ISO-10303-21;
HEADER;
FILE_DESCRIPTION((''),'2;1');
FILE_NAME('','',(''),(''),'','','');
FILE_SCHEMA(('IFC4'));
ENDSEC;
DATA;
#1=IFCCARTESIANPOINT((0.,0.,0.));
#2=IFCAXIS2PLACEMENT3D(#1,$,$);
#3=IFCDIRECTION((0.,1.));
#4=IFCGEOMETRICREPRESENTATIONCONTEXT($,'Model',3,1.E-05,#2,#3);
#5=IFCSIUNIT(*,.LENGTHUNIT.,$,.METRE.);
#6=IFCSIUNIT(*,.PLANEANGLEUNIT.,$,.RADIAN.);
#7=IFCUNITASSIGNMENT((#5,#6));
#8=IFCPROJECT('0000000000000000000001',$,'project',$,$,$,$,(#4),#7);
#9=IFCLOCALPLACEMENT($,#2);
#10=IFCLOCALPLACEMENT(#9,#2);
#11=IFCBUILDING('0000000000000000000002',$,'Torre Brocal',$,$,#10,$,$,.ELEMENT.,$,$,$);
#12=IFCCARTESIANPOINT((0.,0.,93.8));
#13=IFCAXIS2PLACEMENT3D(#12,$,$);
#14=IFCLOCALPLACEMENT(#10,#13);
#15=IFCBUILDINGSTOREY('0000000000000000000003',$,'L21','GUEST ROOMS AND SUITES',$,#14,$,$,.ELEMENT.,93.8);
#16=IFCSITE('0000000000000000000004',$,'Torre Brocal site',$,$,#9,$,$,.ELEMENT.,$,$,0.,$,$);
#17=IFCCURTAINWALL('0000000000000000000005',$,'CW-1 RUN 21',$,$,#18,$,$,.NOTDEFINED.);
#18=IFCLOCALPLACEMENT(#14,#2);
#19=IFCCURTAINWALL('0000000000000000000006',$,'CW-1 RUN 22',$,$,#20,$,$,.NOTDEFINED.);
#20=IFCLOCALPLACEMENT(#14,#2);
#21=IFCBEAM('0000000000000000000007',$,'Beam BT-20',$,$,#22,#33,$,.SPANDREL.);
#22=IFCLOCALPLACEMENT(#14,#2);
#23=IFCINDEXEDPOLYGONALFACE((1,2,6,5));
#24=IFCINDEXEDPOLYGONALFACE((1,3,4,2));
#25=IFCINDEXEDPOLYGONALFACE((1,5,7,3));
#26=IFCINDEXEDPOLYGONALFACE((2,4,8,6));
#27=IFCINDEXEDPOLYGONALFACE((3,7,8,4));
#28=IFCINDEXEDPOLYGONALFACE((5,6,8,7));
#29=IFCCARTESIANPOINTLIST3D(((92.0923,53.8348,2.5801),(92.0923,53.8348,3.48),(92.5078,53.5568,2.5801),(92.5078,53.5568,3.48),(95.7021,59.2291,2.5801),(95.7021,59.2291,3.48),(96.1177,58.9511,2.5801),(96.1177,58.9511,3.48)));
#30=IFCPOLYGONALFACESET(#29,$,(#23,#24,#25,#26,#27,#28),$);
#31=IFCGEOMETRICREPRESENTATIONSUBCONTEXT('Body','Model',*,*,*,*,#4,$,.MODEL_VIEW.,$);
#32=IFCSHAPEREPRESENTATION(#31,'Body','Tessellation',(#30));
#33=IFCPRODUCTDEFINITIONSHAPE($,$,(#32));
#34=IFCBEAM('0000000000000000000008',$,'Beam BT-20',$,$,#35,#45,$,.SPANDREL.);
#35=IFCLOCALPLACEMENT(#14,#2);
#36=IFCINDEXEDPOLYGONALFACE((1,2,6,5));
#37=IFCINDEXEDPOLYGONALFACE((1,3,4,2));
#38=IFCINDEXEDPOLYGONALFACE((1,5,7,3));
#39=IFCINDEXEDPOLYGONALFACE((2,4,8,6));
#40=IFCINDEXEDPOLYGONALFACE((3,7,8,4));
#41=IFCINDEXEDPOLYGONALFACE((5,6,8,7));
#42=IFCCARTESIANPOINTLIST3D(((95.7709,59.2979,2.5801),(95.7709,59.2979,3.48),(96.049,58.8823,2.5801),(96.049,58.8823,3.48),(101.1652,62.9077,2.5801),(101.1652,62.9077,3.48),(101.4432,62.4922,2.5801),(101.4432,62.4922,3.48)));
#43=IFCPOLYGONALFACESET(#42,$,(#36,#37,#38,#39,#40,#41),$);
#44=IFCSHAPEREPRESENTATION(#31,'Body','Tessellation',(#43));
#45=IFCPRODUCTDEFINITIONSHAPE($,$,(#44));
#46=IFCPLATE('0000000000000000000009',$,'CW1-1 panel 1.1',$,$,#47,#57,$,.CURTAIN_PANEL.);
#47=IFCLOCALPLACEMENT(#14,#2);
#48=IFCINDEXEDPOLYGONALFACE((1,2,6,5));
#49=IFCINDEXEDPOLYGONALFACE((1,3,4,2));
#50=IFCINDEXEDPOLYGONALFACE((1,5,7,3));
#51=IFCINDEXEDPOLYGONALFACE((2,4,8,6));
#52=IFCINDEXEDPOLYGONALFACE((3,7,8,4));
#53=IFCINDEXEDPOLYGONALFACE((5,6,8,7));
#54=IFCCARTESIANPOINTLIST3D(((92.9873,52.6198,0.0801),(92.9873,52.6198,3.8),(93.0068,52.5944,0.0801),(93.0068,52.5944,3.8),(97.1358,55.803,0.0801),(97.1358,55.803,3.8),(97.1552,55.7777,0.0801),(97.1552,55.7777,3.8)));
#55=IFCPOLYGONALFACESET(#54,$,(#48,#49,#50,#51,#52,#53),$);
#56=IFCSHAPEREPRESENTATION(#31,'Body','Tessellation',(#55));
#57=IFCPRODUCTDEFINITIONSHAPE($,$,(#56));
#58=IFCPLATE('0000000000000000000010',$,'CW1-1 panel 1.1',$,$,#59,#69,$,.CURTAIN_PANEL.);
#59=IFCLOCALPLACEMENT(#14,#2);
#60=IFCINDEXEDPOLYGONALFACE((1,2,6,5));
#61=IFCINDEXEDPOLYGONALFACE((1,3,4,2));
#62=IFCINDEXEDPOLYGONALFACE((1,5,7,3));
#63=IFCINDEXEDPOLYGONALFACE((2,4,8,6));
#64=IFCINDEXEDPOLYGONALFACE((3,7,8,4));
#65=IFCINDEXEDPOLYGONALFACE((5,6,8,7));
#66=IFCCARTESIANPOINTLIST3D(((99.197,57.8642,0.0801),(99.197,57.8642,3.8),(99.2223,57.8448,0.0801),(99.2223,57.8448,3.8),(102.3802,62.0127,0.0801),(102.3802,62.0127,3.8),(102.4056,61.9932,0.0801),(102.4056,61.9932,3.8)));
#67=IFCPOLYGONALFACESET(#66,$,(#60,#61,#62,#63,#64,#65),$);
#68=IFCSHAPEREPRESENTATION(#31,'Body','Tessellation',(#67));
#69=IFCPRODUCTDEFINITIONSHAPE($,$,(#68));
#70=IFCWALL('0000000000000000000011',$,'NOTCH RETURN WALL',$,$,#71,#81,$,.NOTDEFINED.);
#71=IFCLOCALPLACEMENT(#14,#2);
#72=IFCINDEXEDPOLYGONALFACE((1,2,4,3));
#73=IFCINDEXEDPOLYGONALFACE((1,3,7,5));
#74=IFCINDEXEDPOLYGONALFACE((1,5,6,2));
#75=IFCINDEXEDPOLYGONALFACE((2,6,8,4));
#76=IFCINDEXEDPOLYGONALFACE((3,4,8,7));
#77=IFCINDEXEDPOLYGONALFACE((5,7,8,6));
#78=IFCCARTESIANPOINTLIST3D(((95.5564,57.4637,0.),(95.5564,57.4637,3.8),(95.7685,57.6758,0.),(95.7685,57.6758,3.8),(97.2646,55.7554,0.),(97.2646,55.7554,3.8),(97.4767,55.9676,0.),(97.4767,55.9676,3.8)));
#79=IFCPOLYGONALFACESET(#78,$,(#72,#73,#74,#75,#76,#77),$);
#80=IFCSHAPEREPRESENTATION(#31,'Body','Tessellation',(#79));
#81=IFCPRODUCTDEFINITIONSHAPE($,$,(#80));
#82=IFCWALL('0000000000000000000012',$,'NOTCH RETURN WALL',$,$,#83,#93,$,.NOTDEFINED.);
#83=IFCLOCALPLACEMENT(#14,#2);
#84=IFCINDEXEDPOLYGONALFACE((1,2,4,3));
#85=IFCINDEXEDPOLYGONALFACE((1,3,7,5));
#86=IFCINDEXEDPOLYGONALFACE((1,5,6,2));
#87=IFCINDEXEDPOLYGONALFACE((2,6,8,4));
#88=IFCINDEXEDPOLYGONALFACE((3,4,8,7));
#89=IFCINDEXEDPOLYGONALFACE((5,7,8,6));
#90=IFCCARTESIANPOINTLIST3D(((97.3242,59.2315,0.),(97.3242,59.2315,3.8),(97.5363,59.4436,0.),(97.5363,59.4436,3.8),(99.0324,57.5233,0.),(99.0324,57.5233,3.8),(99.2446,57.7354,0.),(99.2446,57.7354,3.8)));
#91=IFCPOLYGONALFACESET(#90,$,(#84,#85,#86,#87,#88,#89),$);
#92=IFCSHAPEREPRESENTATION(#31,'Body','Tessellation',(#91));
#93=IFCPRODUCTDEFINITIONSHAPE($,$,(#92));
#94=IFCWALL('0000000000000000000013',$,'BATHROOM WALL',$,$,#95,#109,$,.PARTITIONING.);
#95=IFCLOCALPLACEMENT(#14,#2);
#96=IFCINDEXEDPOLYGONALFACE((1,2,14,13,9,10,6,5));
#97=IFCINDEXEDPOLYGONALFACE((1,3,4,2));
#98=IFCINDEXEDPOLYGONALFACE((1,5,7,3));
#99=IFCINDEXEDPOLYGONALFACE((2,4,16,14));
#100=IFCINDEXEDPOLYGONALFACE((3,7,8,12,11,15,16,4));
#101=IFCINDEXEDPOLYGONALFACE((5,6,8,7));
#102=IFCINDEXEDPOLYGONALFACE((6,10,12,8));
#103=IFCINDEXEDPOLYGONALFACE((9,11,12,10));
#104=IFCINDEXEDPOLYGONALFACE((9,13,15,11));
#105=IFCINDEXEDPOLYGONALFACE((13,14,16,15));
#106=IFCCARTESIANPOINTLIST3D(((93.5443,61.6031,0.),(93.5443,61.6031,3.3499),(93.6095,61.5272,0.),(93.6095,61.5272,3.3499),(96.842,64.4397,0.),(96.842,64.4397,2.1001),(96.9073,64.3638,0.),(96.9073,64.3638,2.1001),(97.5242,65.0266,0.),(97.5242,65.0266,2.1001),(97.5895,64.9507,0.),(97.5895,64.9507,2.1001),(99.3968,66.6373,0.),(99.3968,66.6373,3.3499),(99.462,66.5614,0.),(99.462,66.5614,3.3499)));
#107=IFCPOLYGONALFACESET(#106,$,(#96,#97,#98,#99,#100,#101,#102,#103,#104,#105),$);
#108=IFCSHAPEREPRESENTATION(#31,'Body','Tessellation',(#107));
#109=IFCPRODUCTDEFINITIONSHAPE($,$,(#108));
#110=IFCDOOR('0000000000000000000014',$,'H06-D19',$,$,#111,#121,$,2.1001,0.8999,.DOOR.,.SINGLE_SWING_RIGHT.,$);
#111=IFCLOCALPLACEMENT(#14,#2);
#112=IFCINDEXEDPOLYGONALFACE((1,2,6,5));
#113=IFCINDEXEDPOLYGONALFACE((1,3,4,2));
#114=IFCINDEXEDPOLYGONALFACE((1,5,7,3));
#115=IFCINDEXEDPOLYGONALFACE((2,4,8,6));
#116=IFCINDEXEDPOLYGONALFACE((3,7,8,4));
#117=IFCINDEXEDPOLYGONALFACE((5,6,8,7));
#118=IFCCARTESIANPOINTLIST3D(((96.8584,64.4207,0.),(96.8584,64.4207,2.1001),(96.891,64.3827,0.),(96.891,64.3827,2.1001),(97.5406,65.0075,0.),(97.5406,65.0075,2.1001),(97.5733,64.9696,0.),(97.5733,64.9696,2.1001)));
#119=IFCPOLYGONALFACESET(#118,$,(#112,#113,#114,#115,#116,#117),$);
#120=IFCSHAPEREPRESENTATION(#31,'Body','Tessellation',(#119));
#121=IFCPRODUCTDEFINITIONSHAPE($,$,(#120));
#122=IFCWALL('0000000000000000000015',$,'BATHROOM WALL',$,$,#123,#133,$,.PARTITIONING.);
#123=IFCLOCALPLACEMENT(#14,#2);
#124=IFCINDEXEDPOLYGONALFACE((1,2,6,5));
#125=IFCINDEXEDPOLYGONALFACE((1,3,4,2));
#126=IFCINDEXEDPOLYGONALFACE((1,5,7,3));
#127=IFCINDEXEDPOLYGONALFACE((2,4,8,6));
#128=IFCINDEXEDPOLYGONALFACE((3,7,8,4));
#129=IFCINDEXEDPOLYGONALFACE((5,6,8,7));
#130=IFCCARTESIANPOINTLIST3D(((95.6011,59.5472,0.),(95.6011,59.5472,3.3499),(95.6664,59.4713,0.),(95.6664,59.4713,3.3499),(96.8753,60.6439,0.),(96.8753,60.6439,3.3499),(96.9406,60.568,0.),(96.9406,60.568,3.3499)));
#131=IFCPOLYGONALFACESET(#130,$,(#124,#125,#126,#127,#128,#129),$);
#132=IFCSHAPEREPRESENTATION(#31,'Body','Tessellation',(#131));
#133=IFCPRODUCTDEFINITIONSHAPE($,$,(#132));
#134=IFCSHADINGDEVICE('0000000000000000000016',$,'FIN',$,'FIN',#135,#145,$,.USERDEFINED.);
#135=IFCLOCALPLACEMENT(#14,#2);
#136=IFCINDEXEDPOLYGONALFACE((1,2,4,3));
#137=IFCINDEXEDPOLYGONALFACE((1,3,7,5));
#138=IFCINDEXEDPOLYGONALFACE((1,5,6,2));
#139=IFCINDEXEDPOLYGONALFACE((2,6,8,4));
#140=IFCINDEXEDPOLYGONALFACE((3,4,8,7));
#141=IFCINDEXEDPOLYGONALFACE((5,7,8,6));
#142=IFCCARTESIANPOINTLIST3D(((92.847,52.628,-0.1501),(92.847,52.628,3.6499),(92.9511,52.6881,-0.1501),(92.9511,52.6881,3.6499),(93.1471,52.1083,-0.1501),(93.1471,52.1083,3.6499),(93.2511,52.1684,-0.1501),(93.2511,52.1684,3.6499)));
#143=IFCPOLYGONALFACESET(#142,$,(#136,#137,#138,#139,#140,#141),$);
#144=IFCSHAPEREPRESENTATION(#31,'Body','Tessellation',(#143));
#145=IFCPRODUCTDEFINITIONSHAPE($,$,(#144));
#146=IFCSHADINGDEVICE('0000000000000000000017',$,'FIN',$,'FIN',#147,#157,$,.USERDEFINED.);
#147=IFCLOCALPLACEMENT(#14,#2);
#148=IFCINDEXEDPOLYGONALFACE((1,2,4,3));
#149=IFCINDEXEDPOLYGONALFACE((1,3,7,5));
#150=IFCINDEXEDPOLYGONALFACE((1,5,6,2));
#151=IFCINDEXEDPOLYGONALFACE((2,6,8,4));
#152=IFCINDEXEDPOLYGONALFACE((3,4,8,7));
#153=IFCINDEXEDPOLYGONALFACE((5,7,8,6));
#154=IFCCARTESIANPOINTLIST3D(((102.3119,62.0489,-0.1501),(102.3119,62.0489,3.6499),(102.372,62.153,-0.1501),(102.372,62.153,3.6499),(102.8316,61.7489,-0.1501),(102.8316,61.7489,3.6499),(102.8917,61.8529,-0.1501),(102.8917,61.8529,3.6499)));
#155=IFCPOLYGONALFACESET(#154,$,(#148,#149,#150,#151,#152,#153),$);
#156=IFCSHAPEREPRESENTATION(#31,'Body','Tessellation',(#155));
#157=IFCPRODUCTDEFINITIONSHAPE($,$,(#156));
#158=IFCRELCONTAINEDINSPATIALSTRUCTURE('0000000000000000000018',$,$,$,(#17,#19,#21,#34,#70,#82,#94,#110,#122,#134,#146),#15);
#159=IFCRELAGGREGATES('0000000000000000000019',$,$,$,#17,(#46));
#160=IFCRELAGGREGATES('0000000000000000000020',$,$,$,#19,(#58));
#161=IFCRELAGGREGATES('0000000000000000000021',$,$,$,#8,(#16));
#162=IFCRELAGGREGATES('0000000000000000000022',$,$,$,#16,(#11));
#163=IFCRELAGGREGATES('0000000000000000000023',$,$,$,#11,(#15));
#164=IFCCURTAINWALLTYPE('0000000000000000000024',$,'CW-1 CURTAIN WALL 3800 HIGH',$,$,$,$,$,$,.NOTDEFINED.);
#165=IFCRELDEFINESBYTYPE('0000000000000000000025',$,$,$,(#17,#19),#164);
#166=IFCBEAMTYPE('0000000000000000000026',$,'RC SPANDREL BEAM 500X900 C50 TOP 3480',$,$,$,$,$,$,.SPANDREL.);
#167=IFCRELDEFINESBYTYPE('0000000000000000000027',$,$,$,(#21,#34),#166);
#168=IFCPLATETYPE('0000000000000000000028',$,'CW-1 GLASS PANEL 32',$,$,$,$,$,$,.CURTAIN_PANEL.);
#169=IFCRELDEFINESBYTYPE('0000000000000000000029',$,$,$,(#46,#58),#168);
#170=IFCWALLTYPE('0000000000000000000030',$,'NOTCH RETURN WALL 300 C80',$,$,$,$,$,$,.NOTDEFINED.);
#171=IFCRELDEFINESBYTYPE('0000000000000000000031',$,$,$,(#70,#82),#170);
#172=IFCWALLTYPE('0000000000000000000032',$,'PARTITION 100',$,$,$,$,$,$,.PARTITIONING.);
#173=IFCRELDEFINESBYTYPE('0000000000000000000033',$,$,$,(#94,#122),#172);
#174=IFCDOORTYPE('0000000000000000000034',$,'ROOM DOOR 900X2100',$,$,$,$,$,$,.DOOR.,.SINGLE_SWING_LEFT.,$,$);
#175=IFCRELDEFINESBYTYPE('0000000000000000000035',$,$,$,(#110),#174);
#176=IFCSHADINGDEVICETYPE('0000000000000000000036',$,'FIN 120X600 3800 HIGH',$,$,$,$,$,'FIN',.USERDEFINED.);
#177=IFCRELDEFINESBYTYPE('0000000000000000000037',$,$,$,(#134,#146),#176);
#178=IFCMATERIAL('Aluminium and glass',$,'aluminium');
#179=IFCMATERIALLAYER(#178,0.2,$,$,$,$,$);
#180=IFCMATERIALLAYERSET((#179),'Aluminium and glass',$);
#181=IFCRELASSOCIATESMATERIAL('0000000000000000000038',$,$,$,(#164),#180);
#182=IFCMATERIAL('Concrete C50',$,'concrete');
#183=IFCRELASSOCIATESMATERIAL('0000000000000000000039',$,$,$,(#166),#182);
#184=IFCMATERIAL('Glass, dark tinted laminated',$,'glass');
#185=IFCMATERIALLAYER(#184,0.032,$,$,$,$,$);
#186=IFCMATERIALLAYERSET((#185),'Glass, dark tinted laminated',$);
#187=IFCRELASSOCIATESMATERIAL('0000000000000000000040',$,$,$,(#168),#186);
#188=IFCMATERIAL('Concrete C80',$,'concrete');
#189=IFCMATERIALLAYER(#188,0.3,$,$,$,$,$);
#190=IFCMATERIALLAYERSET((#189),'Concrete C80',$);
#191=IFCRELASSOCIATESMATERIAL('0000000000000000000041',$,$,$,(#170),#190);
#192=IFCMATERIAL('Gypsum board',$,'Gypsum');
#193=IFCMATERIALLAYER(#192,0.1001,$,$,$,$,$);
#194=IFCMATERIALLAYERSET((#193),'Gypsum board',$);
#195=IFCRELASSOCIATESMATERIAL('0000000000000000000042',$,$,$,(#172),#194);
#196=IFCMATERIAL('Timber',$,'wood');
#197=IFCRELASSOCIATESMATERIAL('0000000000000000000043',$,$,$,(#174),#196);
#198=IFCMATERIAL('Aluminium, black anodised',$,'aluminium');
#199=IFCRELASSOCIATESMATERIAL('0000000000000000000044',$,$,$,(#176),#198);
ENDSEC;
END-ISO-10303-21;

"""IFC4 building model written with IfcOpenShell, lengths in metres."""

from ifc_helpers import new_model, si_unit, direction, frame, frame_2d, origin, origin_2d, place, context, subcontext, project, spatial, rectangle, extrude, material, layer, layer_set, material_profile, profile_set, type_object, element, fill, aggregate, save


model = new_model("IFC4")

# Units and contexts
model_context = context("Model", 3, precision=1e-05, world=origin(), true_north=direction((0.0, 1.0)))
body_context = subcontext(model_context, "Body", "Model", "MODEL_VIEW")
ifc_project = project(units=[si_unit("LENGTHUNIT", "METRE"), si_unit("PLANEANGLEUNIT", "RADIAN")], contexts=[model_context])

# Site, building, storey
site_placement = place(None, origin())
site = spatial("IfcSite", under=ifc_project, at=site_placement, Name="Torre Brocal site", CompositionType="ELEMENT", RefElevation=0.0)
building_placement = place(site_placement, origin())
building = spatial("IfcBuilding", under=site, at=building_placement, Name="Torre Brocal", CompositionType="ELEMENT")
storey_placement = place(building_placement, frame((0.0, 0.0, 93.8)))
storey = spatial("IfcBuildingStorey", under=building, at=storey_placement, Name="L21", Description="GUEST ROOMS AND SUITES", CompositionType="ELEMENT", Elevation=93.8)

# Shared definitions
ifc_material_1 = material(Name="Aluminium and glass", Category="aluminium")
ifc_layer_1 = layer(ifc_material_1, 0.2)
ifc_layer_set_1 = layer_set([ifc_layer_1], Name="Aluminium and glass")
curtain_wall_type = type_object("IfcCurtainWallType", Name="CW-1 CURTAIN WALL 3800 HIGH", PredefinedType="NOTDEFINED", material=ifc_layer_set_1)

# Curtain walls
curtain_wall_1_placement = place(storey_placement, origin())
curtain_wall_1 = element("IfcCurtainWall", 1, at=curtain_wall_1_placement, inside=storey, type_object=curtain_wall_type, Name="CW-1 RUN 21", PredefinedType="NOTDEFINED")
curtain_wall_2_placement = place(storey_placement, origin())
curtain_wall_2 = element("IfcCurtainWall", 2, at=curtain_wall_2_placement, inside=storey, type_object=curtain_wall_type, Name="CW-1 RUN 22", PredefinedType="NOTDEFINED")

# Beams
ifc_material_2 = material(Name="Concrete C50", Category="concrete")
ifc_material_profile_1 = material_profile(ifc_material_2, rectangle(XDim=0.5, YDim=0.8999, at=origin_2d()), Name="RC 500X900")
ifc_profile_set_1 = profile_set([ifc_material_profile_1], Name="Concrete C50")
beam_type_1 = type_object("IfcBeamType", Name="RC SPANDREL BEAM 500X900 C50 TOP 3480", PredefinedType="SPANDREL", material=ifc_profile_set_1)
for number, where, z_axis, x_axis, name in (
    (3, (92.3, 53.6958, 3.03), (0.556158, 0.831077, 0.0), (-0.831077, 0.556158, 0.0), "Beam BT-20"),
    (4, (95.9099, 59.0901, 3.03), (0.831077, 0.556158, 0.0), (-0.556158, 0.831077, 0.0), "Beam BT-20"),
):
    element("IfcBeam", number, at=place(storey_placement, frame(where, z_axis=z_axis, x_axis=x_axis)), inside=storey, type_object=beam_type_1, Name=name, PredefinedType="SPANDREL", context=body_context, shape_type="SweptSolid", body=[
        extrude(rectangle(XDim=0.5, YDim=0.8999, at=origin_2d()), origin(), (0.0, 0.0, 1.0), 6.4907),
    ])

# Plates
ifc_material_3 = material(Name="Glass, dark tinted laminated", Category="glass")
ifc_layer_2 = layer(ifc_material_3, 0.032)
ifc_layer_set_2 = layer_set([ifc_layer_2], Name="Glass, dark tinted laminated")
plate_type = type_object("IfcPlateType", Name="CW-1 GLASS PANEL 32", PredefinedType="CURTAIN_PANEL", material=ifc_layer_set_2)
plate_1_placement = place(storey_placement, frame((95.0713, 54.1987, 0.0801), z_axis=(0.0, 0.0, 1.0), x_axis=(0.793353, 0.608761, 0.0)))
plate_1 = element("IfcPlate", 5, at=plate_1_placement, type_object=plate_type, Name="CW1-1 panel 1.1", PredefinedType="CURTAIN_PANEL", context=body_context, shape_type="SweptSolid", body=[
    extrude(rectangle(XDim=5.229, YDim=0.032, at=origin_2d()), origin(), (0.0, 0.0, 1.0), 3.72),
])
aggregate(curtain_wall_1, [plate_1])
plate_2_placement = place(storey_placement, frame((100.8013, 59.9287, 0.0801), z_axis=(0.0, 0.0, 1.0), x_axis=(0.608761, 0.793353, 0.0)))
plate_2 = element("IfcPlate", 6, at=plate_2_placement, type_object=plate_type, Name="CW1-1 panel 1.1", PredefinedType="CURTAIN_PANEL", context=body_context, shape_type="SweptSolid", body=[
    extrude(rectangle(XDim=5.229, YDim=0.032, at=origin_2d()), origin(), (0.0, 0.0, 1.0), 3.72),
])
aggregate(curtain_wall_2, [plate_2])

# Walls
ifc_material_4 = material(Name="Concrete C80", Category="concrete")
ifc_layer_3 = layer(ifc_material_4, 0.3)
ifc_layer_set_3 = layer_set([ifc_layer_3], Name="Concrete C80")
wall_type_1 = type_object("IfcWallType", Name="NOTCH RETURN WALL 300 C80", PredefinedType="NOTDEFINED", material=ifc_layer_set_3)
for number, where, z_axis, x_axis, name in (
    (7, (95.6624, 57.5698, 0.0), (0.0, 0.0, 1.0), (0.707107, -0.707107, 0.0), "NOTCH RETURN WALL"),
    (8, (97.4302, 59.3376, 0.0), (0.0, 0.0, 1.0), (0.707107, -0.707107, 0.0), "NOTCH RETURN WALL"),
):
    element("IfcWall", number, at=place(storey_placement, frame(where, z_axis=z_axis, x_axis=x_axis)), inside=storey, type_object=wall_type_1, Name=name, PredefinedType="NOTDEFINED", context=body_context, shape_type="SweptSolid", body=[
        extrude(rectangle(XDim=2.4158, YDim=0.3, at=frame_2d((1.208, 0.0))), origin(), (0.0, 0.0, 1.0), 3.8),
    ])

# Wall, opening, door
ifc_material_5 = material(Name="Gypsum board", Category="Gypsum")
ifc_layer_4 = layer(ifc_material_5, 0.1001)
ifc_layer_set_4 = layer_set([ifc_layer_4], Name="Gypsum board")
wall_type_2 = type_object("IfcWallType", Name="PARTITION 100", PredefinedType="PARTITIONING", material=ifc_layer_set_4)
wall_1_placement = place(storey_placement, frame((93.5769, 61.5652, 0.0), z_axis=(0.0, 0.0, 1.0), x_axis=(0.758121, 0.652113, 0.0)))
wall_1 = element("IfcWall", 9, at=wall_1_placement, inside=storey, type_object=wall_type_2, Name="BATHROOM WALL", PredefinedType="PARTITIONING", context=body_context, shape_type="SweptSolid", body=[
    extrude(rectangle(XDim=7.7197, YDim=0.1001, at=frame_2d((3.8599, 0.0))), origin(), (0.0, 0.0, 1.0), 3.3499),
])
opening_placement = place(wall_1_placement, frame((4.3499, 0.0, 0.0)))
opening = element("IfcOpeningElement", 10, at=opening_placement, cuts=wall_1, PredefinedType="OPENING", context=body_context, shape_type="SweptSolid", body=[
    extrude(rectangle(XDim=0.8999, YDim=2.1001, at=frame_2d((0.45, 1.05))), frame((0.0, 0.0601, 0.0), z_axis=(0.0, -1.0, 0.0), x_axis=(1.0, 0.0, 0.0)), (0.0, 0.0, 1.0), 0.1201),
])
ifc_material_6 = material(Name="Timber", Category="wood")
door_type = type_object("IfcDoorType", Name="ROOM DOOR 900X2100", OperationType="SINGLE_SWING_LEFT", PredefinedType="DOOR", material=ifc_material_6)
door_placement = place(opening_placement, origin())
door = element("IfcDoor", 11, at=door_placement, inside=storey, type_object=door_type, Name="H06-D19", OperationType="SINGLE_SWING_RIGHT", OverallHeight=2.1001, OverallWidth=0.8999, PredefinedType="DOOR", context=body_context, shape_type="SweptSolid", body=[
    extrude(rectangle(XDim=0.8999, YDim=2.1001, at=frame_2d((0.45, 1.05))), frame((0.0, 0.0249, 0.0), z_axis=(0.0, -1.0, 0.0), x_axis=(1.0, 0.0, 0.0)), (0.0, 0.0, 1.0), 0.05),
])
fill(opening, door)

# Wall
wall_2_placement = place(storey_placement, frame((95.6338, 59.5093, 0.0), z_axis=(0.0, 0.0, 1.0), x_axis=(0.757922, 0.652345, 0.0)))
element("IfcWall", 12, at=wall_2_placement, inside=storey, type_object=wall_type_2, Name="BATHROOM WALL", PredefinedType="PARTITIONING", context=body_context, shape_type="SweptSolid", body=[
    extrude(rectangle(XDim=1.6812, YDim=0.1001, at=frame_2d((0.8406, 0.0))), origin(), (0.0, 0.0, 1.0), 3.3499),
])

# Shading devices
ifc_material_7 = material(Name="Aluminium, black anodised", Category="aluminium")
ifc_material_profile_2 = material_profile(ifc_material_7, rectangle(XDim=0.1201, YDim=0.6001, at=origin_2d()), Name="FIN 120X600 3800 HIGH")
ifc_profile_set_2 = profile_set([ifc_material_profile_2], Name="Aluminium, black anodised")
shading_device_type = type_object("IfcShadingDeviceType", Name="FIN 120X600 3800 HIGH", ElementType="FIN", PredefinedType="USERDEFINED", material=ifc_profile_set_2)
for number, where, z_axis, x_axis, name in (
    (13, (93.0491, 52.3982, -0.1501), (0.0, 0.0, 1.0), (0.866025, 0.5, 0.0), "FIN"),
    (14, (102.6018, 61.9509, -0.1501), (0.0, 0.0, 1.0), (0.5, 0.866025, 0.0), "FIN"),
):
    element("IfcShadingDevice", number, at=place(storey_placement, frame(where, z_axis=z_axis, x_axis=x_axis)), inside=storey, type_object=shading_device_type, Name=name, ObjectType="FIN", PredefinedType="USERDEFINED", context=body_context, shape_type="SweptSolid", body=[
        extrude(rectangle(XDim=0.1201, YDim=0.6001, at=origin_2d()), origin(), (0.0, 0.0, 1.0), 3.8),
    ])

save(model, "model.ifc")
